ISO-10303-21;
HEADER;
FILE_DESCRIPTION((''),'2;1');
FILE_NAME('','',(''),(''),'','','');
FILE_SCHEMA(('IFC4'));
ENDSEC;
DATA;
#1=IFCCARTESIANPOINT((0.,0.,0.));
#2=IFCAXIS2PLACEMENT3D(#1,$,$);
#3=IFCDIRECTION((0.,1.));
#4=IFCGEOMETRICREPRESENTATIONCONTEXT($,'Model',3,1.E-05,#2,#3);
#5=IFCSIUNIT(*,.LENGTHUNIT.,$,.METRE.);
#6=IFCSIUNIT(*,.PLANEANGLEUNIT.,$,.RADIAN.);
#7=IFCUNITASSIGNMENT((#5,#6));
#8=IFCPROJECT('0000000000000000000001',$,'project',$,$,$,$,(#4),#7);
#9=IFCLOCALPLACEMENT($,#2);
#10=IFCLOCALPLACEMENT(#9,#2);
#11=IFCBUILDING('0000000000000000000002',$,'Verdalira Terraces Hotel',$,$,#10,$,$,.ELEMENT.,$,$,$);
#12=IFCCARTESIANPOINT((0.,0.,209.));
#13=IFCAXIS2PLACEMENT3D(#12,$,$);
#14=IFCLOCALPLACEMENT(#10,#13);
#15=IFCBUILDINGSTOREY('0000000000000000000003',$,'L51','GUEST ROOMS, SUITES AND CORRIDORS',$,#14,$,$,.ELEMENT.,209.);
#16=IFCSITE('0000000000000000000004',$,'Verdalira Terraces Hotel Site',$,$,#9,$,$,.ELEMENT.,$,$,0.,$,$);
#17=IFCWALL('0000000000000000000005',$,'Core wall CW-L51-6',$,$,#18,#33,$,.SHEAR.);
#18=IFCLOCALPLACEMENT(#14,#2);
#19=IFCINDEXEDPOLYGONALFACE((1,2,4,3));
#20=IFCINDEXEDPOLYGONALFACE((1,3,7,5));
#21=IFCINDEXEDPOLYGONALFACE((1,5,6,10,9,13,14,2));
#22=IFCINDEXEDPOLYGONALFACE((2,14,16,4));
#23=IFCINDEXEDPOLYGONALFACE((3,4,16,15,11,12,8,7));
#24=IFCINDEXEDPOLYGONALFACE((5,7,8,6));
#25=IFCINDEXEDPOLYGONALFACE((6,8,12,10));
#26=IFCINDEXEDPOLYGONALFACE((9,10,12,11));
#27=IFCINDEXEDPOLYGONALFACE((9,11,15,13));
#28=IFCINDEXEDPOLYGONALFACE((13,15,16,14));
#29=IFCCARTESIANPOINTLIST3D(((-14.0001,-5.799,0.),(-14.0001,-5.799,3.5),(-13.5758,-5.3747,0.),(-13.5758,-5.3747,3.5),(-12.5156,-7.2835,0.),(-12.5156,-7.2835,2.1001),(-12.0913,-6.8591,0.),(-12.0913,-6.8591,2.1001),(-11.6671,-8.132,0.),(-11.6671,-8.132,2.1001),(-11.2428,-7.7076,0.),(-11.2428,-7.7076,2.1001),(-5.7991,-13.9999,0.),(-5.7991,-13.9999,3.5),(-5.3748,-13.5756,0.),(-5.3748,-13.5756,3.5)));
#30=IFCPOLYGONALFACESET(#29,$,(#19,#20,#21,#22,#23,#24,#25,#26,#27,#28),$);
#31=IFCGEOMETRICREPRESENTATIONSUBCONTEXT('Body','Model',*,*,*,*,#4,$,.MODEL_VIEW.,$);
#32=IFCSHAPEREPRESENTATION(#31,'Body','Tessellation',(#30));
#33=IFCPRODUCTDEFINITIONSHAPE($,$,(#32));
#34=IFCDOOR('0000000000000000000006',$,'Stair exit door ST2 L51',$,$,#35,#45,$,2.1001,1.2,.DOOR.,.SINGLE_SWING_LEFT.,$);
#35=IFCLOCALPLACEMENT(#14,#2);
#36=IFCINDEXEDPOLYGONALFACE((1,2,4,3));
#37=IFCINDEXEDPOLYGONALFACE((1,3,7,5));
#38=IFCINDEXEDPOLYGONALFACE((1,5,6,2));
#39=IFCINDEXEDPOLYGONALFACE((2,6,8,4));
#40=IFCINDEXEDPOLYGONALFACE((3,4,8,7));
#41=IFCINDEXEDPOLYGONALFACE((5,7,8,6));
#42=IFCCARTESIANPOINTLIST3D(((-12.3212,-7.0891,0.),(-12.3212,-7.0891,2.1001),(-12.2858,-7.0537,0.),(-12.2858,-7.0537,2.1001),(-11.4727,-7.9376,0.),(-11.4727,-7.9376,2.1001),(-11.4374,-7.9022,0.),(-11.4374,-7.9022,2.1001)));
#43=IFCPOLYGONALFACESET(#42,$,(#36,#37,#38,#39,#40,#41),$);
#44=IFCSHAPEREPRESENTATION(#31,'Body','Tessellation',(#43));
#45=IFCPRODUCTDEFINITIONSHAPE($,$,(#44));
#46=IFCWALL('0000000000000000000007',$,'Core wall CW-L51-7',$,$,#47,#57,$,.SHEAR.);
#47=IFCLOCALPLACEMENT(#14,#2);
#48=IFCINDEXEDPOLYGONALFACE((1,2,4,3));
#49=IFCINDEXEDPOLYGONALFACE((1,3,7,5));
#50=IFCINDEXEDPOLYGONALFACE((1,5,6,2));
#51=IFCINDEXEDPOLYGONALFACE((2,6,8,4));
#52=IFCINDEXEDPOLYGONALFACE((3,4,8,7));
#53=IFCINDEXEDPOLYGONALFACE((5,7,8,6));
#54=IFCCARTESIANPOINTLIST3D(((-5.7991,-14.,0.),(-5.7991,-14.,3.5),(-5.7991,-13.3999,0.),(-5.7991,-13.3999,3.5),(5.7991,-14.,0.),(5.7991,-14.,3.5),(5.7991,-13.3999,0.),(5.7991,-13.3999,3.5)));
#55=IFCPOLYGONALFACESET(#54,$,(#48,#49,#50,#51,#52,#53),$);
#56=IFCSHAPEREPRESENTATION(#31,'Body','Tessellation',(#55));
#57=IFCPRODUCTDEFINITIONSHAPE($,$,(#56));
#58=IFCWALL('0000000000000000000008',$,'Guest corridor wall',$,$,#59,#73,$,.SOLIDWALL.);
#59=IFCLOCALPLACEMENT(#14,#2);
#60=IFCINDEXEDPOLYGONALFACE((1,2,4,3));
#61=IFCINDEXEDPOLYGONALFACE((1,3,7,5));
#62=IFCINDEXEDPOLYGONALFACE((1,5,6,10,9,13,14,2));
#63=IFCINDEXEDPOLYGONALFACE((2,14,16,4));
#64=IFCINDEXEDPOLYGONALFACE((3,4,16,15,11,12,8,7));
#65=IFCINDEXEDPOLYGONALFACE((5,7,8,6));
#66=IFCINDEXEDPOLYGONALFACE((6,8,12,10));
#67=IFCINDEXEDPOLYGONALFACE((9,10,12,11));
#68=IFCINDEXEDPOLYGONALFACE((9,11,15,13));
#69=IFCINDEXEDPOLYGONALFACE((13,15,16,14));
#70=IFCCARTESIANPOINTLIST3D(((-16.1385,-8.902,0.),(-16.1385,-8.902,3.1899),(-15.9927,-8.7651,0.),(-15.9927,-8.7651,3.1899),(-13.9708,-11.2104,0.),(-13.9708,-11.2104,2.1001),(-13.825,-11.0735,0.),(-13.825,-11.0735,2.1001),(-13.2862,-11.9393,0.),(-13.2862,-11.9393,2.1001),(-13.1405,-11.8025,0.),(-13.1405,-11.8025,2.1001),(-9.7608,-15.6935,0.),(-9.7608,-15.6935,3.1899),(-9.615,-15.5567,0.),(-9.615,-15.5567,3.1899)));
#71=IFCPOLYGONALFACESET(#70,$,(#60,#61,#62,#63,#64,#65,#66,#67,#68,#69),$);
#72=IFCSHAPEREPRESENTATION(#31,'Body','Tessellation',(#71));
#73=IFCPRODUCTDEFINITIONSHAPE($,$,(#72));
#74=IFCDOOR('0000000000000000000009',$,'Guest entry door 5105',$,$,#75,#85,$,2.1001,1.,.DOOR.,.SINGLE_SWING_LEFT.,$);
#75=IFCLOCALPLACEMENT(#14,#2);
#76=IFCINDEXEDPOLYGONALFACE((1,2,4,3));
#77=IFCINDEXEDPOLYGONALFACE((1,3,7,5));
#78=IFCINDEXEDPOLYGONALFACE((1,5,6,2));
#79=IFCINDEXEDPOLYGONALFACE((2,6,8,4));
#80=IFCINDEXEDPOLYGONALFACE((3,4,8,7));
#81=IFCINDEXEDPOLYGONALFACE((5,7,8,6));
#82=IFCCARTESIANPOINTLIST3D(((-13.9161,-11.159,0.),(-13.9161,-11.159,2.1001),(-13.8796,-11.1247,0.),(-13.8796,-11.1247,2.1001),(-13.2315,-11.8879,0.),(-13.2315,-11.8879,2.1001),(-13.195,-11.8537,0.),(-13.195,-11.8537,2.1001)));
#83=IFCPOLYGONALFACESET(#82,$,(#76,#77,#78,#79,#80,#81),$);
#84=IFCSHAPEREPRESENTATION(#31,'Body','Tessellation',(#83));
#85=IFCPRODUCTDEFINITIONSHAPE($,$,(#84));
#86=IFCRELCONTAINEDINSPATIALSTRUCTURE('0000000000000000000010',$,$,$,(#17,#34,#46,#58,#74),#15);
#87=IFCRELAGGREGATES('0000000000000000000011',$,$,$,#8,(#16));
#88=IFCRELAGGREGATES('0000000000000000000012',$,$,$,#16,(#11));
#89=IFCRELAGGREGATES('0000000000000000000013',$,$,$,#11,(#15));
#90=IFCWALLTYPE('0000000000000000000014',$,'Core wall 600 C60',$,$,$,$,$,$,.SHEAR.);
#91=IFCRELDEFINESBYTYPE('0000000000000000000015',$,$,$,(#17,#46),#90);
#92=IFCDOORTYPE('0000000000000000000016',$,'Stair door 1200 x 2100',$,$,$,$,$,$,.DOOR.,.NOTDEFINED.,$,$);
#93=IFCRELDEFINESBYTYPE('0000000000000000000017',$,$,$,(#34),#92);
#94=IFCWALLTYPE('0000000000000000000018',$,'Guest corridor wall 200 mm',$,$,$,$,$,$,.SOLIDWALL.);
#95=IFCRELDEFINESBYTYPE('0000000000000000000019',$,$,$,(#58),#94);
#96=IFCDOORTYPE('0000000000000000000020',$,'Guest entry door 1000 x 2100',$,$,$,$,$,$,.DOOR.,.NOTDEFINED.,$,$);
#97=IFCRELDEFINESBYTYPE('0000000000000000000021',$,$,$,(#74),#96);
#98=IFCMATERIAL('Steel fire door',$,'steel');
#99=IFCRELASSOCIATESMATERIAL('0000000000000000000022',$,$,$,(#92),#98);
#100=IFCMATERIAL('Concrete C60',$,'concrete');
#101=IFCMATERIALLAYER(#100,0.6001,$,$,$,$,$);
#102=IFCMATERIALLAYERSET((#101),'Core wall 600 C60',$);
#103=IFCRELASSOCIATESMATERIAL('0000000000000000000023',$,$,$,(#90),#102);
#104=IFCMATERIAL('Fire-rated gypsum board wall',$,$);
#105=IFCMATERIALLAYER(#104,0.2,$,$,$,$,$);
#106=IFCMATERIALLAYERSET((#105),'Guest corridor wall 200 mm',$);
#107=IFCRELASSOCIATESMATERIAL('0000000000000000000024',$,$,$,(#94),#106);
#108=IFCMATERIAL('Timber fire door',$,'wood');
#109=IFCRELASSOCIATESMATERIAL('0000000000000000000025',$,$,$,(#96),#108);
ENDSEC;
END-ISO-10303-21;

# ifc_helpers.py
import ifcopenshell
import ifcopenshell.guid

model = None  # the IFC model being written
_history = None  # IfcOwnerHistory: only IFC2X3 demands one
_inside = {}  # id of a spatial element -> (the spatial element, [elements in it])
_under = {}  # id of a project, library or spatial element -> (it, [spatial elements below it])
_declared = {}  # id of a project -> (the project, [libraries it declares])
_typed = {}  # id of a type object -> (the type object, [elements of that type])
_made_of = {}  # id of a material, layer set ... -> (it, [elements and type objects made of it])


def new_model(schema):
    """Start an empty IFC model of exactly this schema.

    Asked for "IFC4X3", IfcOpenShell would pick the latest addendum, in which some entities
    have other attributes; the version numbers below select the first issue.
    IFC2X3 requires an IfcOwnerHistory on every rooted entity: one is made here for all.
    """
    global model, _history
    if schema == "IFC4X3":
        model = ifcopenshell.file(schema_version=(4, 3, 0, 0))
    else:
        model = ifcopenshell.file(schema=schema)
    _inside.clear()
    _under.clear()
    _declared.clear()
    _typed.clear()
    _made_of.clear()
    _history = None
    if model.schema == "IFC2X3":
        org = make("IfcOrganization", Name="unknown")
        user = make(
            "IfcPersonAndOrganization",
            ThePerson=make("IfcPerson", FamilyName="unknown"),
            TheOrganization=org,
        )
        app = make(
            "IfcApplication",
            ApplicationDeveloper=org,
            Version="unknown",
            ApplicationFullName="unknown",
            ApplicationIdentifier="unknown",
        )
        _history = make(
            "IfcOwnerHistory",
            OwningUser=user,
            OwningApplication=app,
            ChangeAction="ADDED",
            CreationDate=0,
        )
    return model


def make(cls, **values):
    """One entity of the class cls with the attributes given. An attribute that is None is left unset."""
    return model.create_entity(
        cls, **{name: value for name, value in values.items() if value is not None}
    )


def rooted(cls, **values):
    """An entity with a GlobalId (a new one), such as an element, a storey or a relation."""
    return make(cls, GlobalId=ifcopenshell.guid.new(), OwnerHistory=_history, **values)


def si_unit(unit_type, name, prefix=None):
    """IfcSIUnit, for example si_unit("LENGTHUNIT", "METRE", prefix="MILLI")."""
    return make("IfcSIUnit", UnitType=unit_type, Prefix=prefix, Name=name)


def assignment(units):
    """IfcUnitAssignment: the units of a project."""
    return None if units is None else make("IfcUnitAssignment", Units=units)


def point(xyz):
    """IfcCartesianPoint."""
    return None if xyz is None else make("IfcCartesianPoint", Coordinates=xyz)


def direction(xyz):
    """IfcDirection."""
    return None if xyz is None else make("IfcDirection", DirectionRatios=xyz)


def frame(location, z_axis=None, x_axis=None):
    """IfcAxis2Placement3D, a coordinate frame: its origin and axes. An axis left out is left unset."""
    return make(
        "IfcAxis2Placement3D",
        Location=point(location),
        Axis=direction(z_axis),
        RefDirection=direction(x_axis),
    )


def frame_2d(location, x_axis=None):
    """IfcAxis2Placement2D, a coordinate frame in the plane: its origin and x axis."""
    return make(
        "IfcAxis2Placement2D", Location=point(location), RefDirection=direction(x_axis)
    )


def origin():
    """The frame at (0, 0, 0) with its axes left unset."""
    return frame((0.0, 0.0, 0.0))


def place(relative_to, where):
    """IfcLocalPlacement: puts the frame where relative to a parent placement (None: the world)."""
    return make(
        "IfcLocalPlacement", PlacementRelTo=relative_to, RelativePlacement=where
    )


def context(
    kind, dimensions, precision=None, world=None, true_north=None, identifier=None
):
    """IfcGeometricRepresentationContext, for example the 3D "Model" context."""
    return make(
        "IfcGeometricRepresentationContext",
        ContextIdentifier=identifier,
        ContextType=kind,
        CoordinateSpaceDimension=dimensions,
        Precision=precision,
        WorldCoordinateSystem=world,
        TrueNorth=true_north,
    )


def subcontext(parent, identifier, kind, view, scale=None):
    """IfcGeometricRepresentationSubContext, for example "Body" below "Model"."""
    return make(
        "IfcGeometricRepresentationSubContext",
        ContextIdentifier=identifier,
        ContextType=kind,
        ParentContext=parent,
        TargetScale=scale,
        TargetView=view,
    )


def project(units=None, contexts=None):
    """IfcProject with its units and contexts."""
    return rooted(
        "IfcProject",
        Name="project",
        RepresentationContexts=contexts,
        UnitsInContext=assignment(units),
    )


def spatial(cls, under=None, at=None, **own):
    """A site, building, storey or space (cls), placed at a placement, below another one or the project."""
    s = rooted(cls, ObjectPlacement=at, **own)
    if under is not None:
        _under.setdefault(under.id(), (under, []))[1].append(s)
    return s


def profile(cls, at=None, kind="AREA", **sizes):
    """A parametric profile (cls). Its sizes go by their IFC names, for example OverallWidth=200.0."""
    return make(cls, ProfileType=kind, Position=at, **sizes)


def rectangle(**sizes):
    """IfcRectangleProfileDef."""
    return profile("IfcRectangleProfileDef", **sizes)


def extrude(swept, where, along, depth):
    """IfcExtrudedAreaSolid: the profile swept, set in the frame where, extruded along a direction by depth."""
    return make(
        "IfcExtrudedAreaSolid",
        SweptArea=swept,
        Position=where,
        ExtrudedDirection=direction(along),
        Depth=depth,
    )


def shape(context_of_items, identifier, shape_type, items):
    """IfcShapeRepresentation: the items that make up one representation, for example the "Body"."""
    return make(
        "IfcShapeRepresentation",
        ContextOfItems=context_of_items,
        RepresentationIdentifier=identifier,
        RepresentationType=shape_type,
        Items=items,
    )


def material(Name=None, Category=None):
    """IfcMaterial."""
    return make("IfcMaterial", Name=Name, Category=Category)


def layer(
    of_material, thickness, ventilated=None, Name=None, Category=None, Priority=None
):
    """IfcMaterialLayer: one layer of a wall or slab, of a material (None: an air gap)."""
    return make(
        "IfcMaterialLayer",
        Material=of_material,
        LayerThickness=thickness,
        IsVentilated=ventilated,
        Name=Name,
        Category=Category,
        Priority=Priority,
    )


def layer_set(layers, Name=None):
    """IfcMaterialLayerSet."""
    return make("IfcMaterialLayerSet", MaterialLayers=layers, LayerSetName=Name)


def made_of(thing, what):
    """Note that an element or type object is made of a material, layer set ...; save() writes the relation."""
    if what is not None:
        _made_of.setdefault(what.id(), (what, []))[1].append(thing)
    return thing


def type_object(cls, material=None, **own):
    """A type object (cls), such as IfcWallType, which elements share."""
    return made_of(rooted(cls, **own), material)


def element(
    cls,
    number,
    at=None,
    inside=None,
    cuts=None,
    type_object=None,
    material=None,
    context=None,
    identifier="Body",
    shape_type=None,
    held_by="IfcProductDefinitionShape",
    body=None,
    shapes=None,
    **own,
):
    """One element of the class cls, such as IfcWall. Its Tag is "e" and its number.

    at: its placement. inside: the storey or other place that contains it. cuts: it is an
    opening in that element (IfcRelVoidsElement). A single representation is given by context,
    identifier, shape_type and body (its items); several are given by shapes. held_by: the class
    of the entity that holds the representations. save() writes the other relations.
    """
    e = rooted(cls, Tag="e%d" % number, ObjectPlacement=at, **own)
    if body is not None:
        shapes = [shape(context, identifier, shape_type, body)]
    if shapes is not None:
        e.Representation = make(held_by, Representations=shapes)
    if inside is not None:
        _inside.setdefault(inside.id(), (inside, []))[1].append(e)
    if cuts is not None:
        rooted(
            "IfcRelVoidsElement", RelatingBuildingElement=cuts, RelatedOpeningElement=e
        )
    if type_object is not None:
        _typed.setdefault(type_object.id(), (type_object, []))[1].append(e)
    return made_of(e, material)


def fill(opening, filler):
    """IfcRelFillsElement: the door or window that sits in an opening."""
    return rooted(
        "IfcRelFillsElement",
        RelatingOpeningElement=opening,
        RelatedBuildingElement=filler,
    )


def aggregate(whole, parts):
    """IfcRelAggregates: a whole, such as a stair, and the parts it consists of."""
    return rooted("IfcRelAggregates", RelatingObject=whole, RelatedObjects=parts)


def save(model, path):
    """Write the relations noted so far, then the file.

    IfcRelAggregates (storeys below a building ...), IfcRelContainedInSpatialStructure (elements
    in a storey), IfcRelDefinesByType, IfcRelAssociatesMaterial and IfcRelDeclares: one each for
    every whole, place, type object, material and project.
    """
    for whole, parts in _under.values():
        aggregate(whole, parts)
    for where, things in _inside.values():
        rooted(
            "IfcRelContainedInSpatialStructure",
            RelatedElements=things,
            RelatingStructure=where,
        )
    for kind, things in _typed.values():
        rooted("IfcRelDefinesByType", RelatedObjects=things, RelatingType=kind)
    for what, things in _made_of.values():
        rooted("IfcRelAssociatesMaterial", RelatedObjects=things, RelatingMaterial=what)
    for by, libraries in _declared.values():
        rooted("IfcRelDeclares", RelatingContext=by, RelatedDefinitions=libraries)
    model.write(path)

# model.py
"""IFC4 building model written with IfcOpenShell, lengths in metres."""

from ifc_helpers import new_model, si_unit, direction, frame, frame_2d, origin, place, context, subcontext, project, spatial, rectangle, extrude, material, layer, layer_set, type_object, element, fill, save


model = new_model("IFC4")

# Units and contexts
model_context = context("Model", 3, precision=1e-05, world=origin(), true_north=direction((0.0, 1.0)))
body_context = subcontext(model_context, "Body", "Model", "MODEL_VIEW")
ifc_project = project(units=[si_unit("LENGTHUNIT", "METRE"), si_unit("PLANEANGLEUNIT", "RADIAN")], contexts=[model_context])

# Site, building, storey
site_placement = place(None, origin())
site = spatial("IfcSite", under=ifc_project, at=site_placement, Name="Verdalira Terraces Hotel Site", CompositionType="ELEMENT", RefElevation=0.0)
building_placement = place(site_placement, origin())
building = spatial("IfcBuilding", under=site, at=building_placement, Name="Verdalira Terraces Hotel", CompositionType="ELEMENT")
storey_placement = place(building_placement, frame((0.0, 0.0, 209.0)))
storey = spatial("IfcBuildingStorey", under=building, at=storey_placement, Name="L51", Description="GUEST ROOMS, SUITES AND CORRIDORS", CompositionType="ELEMENT", Elevation=209.0)

# Shared definitions
ifc_material_1 = material(Name="Steel fire door", Category="steel")
door_type_1 = type_object("IfcDoorType", Name="Stair door 1200 x 2100", OperationType="NOTDEFINED", PredefinedType="DOOR", material=ifc_material_1)

# Wall, opening, door
ifc_material_2 = material(Name="Concrete C60", Category="concrete")
ifc_layer_1 = layer(ifc_material_2, 0.6001)
ifc_layer_set_1 = layer_set([ifc_layer_1], Name="Core wall 600 C60")
wall_type_1 = type_object("IfcWallType", Name="Core wall 600 C60", PredefinedType="SHEAR", material=ifc_layer_set_1)
wall_1_placement = place(storey_placement, frame((-13.7878, -5.5869, 0.0), z_axis=(0.0, 0.0, 1.0), x_axis=(0.707107, -0.707107, 0.0)))
wall_1 = element("IfcWall", 1, at=wall_1_placement, inside=storey, type_object=wall_type_1, Name="Core wall CW-L51-6", PredefinedType="SHEAR", context=body_context, shape_type="SweptSolid", body=[
    extrude(rectangle(XDim=11.5979, YDim=0.6001, at=frame_2d((5.7988, 0.0))), origin(), (0.0, 0.0, 1.0), 3.5),
])
opening_1_placement = place(wall_1_placement, frame((2.0991, 0.0, 0.0)))
opening_1 = element("IfcOpeningElement", 2, at=opening_1_placement, cuts=wall_1, PredefinedType="OPENING", context=body_context, shape_type="SweptSolid", body=[
    extrude(rectangle(XDim=1.2, YDim=2.1001, at=frame_2d((0.6001, 1.05))), frame((0.0, 0.3101, 0.0), z_axis=(0.0, -1.0, 0.0), x_axis=(1.0, 0.0, 0.0)), (0.0, 0.0, 1.0), 0.6201),
])
door_1_placement = place(opening_1_placement, origin())
door_1 = element("IfcDoor", 3, at=door_1_placement, inside=storey, type_object=door_type_1, Name="Stair exit door ST2 L51", OperationType="SINGLE_SWING_LEFT", OverallHeight=2.1001, OverallWidth=1.2, PredefinedType="DOOR", context=body_context, shape_type="SweptSolid", body=[
    extrude(rectangle(XDim=1.2, YDim=2.1001, at=frame_2d((0.6001, 1.05))), frame((0.0, 0.0249, 0.0), z_axis=(0.0, -1.0, 0.0), x_axis=(1.0, 0.0, 0.0)), (0.0, 0.0, 1.0), 0.05),
])
fill(opening_1, door_1)

# Wall
wall_2_placement = place(storey_placement, frame((-5.7991, -13.7, 0.0), z_axis=(0.0, 0.0, 1.0), x_axis=(1.0, 0.0, 0.0)))
element("IfcWall", 4, at=wall_2_placement, inside=storey, type_object=wall_type_1, Name="Core wall CW-L51-7", PredefinedType="SHEAR", context=body_context, shape_type="SweptSolid", body=[
    extrude(rectangle(XDim=11.5981, YDim=0.6001, at=frame_2d((5.7991, 0.0))), origin(), (0.0, 0.0, 1.0), 3.5),
])

# Wall, opening, door
ifc_material_3 = material(Name="Fire-rated gypsum board wall")
ifc_layer_2 = layer(ifc_material_3, 0.2)
ifc_layer_set_2 = layer_set([ifc_layer_2], Name="Guest corridor wall 200 mm")
wall_type_2 = type_object("IfcWallType", Name="Guest corridor wall 200 mm", PredefinedType="SOLIDWALL", material=ifc_layer_set_2)
wall_3_placement = place(storey_placement, frame((-9.688, -15.625, 0.0), z_axis=(0.0, 0.0, 1.0), x_axis=(-0.684549, 0.728967, 0.0)))
wall_3 = element("IfcWall", 5, at=wall_3_placement, inside=storey, type_object=wall_type_2, Name="Guest corridor wall", PredefinedType="SOLIDWALL", context=body_context, shape_type="SweptSolid", body=[
    extrude(rectangle(XDim=9.3166, YDim=0.2, at=frame_2d((4.6582, 0.0))), origin(), (0.0, 0.0, 1.0), 3.1899),
])
opening_2_placement = place(wall_3_placement, frame((5.1499, 0.0, 0.0)))
opening_2 = element("IfcOpeningElement", 6, at=opening_2_placement, cuts=wall_3, PredefinedType="OPENING", context=body_context, shape_type="SweptSolid", body=[
    extrude(rectangle(XDim=1.0, YDim=2.1001, at=frame_2d((0.5, 1.05))), frame((0.0, 0.1099, 0.0), z_axis=(0.0, -1.0, 0.0), x_axis=(1.0, 0.0, 0.0)), (0.0, 0.0, 1.0), 0.22),
])
ifc_material_4 = material(Name="Timber fire door", Category="wood")
door_type_2 = type_object("IfcDoorType", Name="Guest entry door 1000 x 2100", OperationType="NOTDEFINED", PredefinedType="DOOR", material=ifc_material_4)
door_2_placement = place(opening_2_placement, origin())
door_2 = element("IfcDoor", 7, at=door_2_placement, inside=storey, type_object=door_type_2, Name="Guest entry door 5105", OperationType="SINGLE_SWING_LEFT", OverallHeight=2.1001, OverallWidth=1.0, PredefinedType="DOOR", context=body_context, shape_type="SweptSolid", body=[
    extrude(rectangle(XDim=1.0, YDim=2.1001, at=frame_2d((0.5, 1.05))), frame((0.0, 0.0249, 0.0), z_axis=(0.0, -1.0, 0.0), x_axis=(1.0, 0.0, 0.0)), (0.0, 0.0, 1.0), 0.05),
])
fill(opening_2, door_2)

save(model, "model.ifc")
